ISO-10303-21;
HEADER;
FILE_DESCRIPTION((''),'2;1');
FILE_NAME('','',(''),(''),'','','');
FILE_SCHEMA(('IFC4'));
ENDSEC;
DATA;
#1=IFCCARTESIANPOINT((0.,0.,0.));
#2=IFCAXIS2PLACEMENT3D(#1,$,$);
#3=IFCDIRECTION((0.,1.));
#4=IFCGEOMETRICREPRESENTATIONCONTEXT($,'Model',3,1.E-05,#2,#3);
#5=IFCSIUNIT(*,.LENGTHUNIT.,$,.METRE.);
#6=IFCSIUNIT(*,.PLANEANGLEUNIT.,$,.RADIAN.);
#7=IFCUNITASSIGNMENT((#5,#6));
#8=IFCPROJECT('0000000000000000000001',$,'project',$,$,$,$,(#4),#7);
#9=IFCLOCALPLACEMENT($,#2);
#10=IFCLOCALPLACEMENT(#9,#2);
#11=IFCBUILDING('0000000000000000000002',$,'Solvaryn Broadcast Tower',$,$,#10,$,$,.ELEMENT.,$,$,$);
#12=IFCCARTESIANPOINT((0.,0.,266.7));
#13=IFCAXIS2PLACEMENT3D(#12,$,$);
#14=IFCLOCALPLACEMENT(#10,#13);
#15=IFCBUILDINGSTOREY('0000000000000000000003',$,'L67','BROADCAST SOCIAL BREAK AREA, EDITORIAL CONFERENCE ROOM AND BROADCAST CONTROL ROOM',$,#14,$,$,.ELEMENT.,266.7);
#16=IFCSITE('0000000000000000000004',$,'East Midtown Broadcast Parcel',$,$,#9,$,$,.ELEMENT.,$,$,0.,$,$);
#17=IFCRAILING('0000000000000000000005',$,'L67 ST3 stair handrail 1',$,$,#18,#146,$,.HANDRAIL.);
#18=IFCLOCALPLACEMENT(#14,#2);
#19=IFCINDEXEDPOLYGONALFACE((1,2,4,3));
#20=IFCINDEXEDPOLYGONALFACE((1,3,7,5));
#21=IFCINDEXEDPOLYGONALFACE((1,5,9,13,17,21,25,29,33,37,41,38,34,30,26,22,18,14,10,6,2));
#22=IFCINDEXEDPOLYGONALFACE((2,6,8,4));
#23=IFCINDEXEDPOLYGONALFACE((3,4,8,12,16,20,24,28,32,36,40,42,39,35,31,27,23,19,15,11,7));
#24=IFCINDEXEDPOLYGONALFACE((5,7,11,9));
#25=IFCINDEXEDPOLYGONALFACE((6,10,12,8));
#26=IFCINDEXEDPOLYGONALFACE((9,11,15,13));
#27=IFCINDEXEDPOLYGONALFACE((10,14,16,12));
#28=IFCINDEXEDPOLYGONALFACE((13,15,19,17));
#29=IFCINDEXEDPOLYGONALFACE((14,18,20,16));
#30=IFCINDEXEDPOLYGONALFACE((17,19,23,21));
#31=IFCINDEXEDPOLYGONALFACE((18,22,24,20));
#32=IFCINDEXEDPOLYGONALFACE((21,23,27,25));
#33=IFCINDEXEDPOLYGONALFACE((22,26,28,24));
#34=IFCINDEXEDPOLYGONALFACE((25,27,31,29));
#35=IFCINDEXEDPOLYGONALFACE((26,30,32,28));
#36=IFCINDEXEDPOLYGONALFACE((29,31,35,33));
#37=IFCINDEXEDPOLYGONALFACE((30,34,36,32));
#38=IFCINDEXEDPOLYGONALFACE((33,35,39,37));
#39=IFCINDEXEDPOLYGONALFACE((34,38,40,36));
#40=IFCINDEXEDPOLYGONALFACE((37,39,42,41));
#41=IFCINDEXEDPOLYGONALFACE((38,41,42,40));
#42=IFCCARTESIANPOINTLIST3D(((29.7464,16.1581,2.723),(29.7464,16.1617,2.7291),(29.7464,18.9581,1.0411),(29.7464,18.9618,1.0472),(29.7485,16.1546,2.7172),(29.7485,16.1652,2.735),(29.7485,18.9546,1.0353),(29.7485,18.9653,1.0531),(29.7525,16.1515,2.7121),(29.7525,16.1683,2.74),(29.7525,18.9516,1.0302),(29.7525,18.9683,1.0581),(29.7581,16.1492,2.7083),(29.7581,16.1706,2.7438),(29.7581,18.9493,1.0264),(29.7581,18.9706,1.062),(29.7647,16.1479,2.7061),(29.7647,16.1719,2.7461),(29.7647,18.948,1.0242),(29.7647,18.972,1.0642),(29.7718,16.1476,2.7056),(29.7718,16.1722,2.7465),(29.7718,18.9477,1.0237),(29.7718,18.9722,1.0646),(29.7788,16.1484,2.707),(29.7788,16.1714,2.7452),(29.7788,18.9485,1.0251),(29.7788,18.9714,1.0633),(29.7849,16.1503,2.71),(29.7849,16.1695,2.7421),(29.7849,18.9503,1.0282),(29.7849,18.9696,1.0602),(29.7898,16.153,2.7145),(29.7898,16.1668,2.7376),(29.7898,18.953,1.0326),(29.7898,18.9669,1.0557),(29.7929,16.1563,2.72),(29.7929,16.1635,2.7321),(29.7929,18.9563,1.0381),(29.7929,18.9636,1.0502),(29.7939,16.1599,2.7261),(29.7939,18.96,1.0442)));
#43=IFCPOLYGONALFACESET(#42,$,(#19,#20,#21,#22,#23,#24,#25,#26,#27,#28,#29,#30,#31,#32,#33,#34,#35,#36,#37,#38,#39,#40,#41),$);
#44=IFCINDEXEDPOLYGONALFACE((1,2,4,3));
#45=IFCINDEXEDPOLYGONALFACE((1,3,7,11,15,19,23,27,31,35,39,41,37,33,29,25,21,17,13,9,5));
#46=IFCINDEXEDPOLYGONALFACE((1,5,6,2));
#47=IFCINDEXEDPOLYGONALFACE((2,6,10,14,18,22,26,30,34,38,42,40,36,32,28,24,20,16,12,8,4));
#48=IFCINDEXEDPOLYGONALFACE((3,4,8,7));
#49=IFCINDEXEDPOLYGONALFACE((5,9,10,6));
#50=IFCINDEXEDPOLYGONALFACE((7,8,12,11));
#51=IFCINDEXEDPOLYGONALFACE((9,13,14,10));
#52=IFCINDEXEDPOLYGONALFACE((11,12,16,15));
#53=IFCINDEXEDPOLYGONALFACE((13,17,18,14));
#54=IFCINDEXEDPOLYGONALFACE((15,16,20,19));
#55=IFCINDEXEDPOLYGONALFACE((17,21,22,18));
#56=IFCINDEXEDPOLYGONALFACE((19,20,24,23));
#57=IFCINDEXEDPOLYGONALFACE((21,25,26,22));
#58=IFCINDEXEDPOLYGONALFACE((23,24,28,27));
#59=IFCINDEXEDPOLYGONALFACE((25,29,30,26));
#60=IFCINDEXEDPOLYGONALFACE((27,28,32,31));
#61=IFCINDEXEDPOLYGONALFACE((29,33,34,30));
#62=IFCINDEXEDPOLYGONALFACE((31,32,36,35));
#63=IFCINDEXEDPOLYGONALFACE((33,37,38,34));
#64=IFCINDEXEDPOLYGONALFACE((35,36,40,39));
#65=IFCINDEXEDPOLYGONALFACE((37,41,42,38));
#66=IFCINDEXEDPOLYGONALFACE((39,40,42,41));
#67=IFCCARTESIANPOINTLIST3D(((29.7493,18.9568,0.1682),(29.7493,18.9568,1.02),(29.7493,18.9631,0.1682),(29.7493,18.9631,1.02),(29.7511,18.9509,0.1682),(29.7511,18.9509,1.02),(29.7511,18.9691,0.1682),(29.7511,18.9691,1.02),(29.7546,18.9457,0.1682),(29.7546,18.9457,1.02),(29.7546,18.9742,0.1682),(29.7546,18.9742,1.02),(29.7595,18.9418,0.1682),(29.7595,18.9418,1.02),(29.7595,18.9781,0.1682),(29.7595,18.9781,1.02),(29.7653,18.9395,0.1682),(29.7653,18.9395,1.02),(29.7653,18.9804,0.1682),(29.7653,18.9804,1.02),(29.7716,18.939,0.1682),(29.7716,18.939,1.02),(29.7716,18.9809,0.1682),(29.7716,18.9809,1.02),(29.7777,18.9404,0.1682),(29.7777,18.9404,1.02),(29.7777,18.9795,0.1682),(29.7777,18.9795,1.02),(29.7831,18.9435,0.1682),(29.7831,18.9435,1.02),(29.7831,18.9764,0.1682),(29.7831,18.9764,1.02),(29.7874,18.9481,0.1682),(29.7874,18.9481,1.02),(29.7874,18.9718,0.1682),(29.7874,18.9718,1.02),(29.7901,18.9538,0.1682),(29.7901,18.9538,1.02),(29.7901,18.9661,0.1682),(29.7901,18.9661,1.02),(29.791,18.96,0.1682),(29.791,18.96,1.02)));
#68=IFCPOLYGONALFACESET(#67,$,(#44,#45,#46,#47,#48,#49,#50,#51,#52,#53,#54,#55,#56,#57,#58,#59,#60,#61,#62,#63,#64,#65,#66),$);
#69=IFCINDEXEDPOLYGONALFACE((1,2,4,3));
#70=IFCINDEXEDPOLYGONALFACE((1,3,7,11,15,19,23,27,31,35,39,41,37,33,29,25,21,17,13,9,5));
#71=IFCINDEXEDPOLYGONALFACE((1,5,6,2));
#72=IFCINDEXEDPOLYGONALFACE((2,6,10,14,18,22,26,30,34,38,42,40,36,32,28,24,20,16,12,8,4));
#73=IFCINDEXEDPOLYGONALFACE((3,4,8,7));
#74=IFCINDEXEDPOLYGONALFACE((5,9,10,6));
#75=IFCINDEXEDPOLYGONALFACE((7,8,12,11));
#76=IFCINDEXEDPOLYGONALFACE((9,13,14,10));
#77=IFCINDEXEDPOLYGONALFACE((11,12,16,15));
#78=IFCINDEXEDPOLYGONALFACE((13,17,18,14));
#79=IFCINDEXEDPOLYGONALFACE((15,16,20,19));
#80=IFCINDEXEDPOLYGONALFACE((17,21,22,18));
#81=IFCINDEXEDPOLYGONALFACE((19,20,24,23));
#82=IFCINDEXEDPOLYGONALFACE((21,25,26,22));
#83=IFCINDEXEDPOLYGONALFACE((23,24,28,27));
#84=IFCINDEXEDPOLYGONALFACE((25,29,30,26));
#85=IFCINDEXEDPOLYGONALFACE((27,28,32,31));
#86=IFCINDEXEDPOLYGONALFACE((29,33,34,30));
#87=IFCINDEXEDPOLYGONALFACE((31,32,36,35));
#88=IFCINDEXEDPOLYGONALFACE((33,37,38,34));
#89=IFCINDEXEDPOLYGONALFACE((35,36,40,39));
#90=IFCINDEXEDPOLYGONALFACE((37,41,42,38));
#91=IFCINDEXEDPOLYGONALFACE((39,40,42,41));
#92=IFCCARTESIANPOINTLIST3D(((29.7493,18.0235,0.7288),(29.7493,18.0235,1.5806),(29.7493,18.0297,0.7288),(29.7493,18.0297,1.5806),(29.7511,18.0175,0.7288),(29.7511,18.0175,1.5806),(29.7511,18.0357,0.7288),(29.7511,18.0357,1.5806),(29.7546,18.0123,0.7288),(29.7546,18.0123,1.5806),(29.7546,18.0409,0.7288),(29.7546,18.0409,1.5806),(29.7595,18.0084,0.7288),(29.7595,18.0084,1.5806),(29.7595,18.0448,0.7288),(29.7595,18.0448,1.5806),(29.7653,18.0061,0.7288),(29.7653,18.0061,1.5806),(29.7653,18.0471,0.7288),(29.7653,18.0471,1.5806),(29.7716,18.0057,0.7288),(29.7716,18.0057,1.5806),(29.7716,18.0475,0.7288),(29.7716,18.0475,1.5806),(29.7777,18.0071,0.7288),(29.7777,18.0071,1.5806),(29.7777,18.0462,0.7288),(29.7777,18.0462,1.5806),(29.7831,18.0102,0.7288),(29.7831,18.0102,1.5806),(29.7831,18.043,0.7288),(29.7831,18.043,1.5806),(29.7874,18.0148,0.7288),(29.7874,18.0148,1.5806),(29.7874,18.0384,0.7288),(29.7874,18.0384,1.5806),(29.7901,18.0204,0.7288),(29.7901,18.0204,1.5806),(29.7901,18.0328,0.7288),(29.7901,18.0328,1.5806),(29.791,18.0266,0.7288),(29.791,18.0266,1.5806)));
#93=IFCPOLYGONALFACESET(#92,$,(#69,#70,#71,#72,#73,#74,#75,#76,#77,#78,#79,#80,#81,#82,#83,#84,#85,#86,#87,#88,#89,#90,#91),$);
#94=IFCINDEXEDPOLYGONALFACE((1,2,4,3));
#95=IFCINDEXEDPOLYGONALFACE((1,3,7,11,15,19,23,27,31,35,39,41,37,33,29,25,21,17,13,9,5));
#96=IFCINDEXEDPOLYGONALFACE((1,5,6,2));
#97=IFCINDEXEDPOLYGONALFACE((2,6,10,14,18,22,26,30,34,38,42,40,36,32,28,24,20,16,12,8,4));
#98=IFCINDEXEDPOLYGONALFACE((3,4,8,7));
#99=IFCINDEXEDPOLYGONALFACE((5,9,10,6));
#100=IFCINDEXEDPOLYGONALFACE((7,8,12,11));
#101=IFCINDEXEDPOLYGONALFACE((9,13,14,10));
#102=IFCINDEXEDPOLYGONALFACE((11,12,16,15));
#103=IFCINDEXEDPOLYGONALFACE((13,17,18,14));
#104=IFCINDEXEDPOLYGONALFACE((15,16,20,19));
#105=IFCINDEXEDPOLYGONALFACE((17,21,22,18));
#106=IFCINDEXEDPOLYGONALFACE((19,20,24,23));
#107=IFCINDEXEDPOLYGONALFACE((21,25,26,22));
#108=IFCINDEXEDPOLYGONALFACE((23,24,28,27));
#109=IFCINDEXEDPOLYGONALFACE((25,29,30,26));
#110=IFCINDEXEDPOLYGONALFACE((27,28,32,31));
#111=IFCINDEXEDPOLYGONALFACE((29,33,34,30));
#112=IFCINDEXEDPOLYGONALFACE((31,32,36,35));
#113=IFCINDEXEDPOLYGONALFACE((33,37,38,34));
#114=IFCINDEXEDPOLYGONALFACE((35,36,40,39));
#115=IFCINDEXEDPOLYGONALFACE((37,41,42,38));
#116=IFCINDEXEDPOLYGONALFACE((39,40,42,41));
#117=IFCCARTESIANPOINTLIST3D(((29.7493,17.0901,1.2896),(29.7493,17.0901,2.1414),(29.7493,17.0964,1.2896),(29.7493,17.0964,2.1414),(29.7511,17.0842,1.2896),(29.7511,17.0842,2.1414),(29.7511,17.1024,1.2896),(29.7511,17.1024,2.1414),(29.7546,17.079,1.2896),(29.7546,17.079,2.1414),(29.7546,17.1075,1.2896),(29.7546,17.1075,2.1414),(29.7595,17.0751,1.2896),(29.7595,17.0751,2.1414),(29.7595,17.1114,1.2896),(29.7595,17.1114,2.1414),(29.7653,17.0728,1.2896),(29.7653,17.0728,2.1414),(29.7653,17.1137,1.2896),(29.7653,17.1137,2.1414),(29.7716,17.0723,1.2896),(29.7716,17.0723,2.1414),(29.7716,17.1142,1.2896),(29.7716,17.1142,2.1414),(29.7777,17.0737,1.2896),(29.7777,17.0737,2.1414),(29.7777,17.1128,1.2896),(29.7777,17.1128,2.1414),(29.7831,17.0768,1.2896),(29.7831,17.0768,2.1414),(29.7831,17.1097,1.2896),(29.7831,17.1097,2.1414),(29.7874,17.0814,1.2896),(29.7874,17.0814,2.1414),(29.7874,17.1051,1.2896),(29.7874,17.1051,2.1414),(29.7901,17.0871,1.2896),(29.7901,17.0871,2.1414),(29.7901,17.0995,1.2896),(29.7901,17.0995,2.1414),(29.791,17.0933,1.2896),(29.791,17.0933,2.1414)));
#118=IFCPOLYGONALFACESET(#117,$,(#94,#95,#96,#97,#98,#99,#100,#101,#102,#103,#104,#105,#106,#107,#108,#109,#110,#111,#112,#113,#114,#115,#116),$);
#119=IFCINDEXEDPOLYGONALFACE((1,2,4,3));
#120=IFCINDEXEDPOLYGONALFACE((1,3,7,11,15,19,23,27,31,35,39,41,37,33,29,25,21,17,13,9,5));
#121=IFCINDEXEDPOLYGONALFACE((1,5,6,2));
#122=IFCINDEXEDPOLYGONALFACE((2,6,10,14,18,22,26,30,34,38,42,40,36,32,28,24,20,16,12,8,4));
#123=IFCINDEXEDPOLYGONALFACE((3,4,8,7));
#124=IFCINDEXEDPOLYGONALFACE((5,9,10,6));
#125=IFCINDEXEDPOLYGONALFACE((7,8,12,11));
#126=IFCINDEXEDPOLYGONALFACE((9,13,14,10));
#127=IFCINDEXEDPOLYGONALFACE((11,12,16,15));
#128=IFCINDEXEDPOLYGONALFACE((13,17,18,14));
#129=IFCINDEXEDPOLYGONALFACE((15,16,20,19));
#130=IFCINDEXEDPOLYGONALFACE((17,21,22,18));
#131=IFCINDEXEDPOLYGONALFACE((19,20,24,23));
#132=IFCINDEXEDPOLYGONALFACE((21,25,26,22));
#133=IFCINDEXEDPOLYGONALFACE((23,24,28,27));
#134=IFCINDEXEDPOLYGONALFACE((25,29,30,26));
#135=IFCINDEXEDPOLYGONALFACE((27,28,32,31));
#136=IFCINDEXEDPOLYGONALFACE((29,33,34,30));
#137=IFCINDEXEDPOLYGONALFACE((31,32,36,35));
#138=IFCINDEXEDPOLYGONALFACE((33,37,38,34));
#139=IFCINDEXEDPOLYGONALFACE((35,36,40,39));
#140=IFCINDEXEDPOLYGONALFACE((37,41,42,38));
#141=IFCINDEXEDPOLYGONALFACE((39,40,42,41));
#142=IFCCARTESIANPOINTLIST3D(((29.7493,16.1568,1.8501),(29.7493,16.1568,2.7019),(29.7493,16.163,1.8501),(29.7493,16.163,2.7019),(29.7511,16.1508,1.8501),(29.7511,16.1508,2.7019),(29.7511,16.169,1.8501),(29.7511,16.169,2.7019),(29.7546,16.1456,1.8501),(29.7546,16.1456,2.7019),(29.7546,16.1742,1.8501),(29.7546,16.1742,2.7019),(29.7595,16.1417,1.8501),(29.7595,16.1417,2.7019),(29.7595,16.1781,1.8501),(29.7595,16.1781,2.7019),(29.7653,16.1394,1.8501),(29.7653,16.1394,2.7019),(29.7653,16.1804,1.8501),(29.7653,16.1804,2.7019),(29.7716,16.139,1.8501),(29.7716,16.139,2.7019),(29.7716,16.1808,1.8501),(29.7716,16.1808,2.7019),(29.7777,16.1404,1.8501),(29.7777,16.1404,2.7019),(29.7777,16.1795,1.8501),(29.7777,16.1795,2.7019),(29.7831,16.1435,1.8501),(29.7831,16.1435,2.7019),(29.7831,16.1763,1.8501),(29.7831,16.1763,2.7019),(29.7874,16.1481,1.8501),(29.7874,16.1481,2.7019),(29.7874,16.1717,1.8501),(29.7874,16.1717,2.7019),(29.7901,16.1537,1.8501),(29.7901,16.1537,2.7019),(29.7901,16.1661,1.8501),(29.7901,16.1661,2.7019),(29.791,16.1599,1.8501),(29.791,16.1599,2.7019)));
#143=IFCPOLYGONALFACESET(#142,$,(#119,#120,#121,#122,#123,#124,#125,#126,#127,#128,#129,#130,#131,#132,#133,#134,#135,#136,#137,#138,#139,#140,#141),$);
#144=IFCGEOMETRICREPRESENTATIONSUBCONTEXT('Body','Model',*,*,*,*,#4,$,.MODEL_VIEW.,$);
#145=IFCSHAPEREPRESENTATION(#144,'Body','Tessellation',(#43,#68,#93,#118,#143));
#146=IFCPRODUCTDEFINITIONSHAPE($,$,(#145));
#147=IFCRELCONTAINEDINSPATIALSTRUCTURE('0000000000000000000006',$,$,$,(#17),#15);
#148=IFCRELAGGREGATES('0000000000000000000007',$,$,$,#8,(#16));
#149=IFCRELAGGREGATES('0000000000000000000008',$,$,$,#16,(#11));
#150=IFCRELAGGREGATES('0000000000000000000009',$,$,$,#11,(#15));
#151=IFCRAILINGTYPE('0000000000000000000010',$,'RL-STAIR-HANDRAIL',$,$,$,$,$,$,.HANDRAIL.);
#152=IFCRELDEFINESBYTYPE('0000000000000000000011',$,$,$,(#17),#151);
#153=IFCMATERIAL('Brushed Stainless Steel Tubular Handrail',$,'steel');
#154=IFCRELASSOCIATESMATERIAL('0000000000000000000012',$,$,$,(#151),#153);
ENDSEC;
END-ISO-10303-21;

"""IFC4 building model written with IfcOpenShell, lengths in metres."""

from ifc_helpers import new_model, si_unit, direction, frame, origin, origin_2d, place, context, subcontext, project, spatial, circle, extrude, material, type_object, element, save


model = new_model("IFC4")

# Units and contexts
model_context = context("Model", 3, precision=1e-05, world=origin(), true_north=direction((0.0, 1.0)))
body_context = subcontext(model_context, "Body", "Model", "MODEL_VIEW")
ifc_project = project(units=[si_unit("LENGTHUNIT", "METRE"), si_unit("PLANEANGLEUNIT", "RADIAN")], contexts=[model_context])

# Site, building, storey
site_placement = place(None, origin())
site = spatial("IfcSite", under=ifc_project, at=site_placement, Name="East Midtown Broadcast Parcel", CompositionType="ELEMENT", RefElevation=0.0)
building_placement = place(site_placement, origin())
building = spatial("IfcBuilding", under=site, at=building_placement, Name="Solvaryn Broadcast Tower", CompositionType="ELEMENT")
storey_placement = place(building_placement, frame((0.0, 0.0, 266.7)))
storey = spatial("IfcBuildingStorey", under=building, at=storey_placement, Name="L67", Description="BROADCAST SOCIAL BREAK AREA, EDITORIAL CONFERENCE ROOM AND BROADCAST CONTROL ROOM", CompositionType="ELEMENT", Elevation=266.7)

# Railing
ifc_material_1 = material(Name="Brushed Stainless Steel Tubular Handrail", Category="steel")
railing_type_1 = type_object("IfcRailingType", Name="RL-STAIR-HANDRAIL", PredefinedType="HANDRAIL", material=ifc_material_1)
railing_1_placement = place(storey_placement, frame((29.77, 18.96, 0.1682)))
element("IfcRailing", 1, at=railing_1_placement, inside=storey, type_object=railing_type_1, Name="L67 ST3 stair handrail 1", PredefinedType="HANDRAIL", context=body_context, shape_type="SweptSolid", body=[
    extrude(circle(Radius=0.0239, at=origin_2d()), frame((0.0, 0.0, 0.876), z_axis=(0.0, -0.857242, 0.514913), x_axis=(1.0, 0.0, 0.0)), (0.0, 0.0, 1.0), 3.2664),
    extrude(circle(Radius=0.021, at=origin_2d()), origin(), (0.0, 0.0, 1.0), 0.8518),
    extrude(circle(Radius=0.021, at=origin_2d()), frame((0.0, -0.9333, 0.5605)), (0.0, 0.0, 1.0), 0.8518),
    extrude(circle(Radius=0.021, at=origin_2d()), frame((0.0, -1.8667, 1.1213)), (0.0, 0.0, 1.0), 0.8518),
    extrude(circle(Radius=0.021, at=origin_2d()), frame((0.0, -2.8, 1.6819)), (0.0, 0.0, 1.0), 0.8518),
])

save(model, "model.ifc")
